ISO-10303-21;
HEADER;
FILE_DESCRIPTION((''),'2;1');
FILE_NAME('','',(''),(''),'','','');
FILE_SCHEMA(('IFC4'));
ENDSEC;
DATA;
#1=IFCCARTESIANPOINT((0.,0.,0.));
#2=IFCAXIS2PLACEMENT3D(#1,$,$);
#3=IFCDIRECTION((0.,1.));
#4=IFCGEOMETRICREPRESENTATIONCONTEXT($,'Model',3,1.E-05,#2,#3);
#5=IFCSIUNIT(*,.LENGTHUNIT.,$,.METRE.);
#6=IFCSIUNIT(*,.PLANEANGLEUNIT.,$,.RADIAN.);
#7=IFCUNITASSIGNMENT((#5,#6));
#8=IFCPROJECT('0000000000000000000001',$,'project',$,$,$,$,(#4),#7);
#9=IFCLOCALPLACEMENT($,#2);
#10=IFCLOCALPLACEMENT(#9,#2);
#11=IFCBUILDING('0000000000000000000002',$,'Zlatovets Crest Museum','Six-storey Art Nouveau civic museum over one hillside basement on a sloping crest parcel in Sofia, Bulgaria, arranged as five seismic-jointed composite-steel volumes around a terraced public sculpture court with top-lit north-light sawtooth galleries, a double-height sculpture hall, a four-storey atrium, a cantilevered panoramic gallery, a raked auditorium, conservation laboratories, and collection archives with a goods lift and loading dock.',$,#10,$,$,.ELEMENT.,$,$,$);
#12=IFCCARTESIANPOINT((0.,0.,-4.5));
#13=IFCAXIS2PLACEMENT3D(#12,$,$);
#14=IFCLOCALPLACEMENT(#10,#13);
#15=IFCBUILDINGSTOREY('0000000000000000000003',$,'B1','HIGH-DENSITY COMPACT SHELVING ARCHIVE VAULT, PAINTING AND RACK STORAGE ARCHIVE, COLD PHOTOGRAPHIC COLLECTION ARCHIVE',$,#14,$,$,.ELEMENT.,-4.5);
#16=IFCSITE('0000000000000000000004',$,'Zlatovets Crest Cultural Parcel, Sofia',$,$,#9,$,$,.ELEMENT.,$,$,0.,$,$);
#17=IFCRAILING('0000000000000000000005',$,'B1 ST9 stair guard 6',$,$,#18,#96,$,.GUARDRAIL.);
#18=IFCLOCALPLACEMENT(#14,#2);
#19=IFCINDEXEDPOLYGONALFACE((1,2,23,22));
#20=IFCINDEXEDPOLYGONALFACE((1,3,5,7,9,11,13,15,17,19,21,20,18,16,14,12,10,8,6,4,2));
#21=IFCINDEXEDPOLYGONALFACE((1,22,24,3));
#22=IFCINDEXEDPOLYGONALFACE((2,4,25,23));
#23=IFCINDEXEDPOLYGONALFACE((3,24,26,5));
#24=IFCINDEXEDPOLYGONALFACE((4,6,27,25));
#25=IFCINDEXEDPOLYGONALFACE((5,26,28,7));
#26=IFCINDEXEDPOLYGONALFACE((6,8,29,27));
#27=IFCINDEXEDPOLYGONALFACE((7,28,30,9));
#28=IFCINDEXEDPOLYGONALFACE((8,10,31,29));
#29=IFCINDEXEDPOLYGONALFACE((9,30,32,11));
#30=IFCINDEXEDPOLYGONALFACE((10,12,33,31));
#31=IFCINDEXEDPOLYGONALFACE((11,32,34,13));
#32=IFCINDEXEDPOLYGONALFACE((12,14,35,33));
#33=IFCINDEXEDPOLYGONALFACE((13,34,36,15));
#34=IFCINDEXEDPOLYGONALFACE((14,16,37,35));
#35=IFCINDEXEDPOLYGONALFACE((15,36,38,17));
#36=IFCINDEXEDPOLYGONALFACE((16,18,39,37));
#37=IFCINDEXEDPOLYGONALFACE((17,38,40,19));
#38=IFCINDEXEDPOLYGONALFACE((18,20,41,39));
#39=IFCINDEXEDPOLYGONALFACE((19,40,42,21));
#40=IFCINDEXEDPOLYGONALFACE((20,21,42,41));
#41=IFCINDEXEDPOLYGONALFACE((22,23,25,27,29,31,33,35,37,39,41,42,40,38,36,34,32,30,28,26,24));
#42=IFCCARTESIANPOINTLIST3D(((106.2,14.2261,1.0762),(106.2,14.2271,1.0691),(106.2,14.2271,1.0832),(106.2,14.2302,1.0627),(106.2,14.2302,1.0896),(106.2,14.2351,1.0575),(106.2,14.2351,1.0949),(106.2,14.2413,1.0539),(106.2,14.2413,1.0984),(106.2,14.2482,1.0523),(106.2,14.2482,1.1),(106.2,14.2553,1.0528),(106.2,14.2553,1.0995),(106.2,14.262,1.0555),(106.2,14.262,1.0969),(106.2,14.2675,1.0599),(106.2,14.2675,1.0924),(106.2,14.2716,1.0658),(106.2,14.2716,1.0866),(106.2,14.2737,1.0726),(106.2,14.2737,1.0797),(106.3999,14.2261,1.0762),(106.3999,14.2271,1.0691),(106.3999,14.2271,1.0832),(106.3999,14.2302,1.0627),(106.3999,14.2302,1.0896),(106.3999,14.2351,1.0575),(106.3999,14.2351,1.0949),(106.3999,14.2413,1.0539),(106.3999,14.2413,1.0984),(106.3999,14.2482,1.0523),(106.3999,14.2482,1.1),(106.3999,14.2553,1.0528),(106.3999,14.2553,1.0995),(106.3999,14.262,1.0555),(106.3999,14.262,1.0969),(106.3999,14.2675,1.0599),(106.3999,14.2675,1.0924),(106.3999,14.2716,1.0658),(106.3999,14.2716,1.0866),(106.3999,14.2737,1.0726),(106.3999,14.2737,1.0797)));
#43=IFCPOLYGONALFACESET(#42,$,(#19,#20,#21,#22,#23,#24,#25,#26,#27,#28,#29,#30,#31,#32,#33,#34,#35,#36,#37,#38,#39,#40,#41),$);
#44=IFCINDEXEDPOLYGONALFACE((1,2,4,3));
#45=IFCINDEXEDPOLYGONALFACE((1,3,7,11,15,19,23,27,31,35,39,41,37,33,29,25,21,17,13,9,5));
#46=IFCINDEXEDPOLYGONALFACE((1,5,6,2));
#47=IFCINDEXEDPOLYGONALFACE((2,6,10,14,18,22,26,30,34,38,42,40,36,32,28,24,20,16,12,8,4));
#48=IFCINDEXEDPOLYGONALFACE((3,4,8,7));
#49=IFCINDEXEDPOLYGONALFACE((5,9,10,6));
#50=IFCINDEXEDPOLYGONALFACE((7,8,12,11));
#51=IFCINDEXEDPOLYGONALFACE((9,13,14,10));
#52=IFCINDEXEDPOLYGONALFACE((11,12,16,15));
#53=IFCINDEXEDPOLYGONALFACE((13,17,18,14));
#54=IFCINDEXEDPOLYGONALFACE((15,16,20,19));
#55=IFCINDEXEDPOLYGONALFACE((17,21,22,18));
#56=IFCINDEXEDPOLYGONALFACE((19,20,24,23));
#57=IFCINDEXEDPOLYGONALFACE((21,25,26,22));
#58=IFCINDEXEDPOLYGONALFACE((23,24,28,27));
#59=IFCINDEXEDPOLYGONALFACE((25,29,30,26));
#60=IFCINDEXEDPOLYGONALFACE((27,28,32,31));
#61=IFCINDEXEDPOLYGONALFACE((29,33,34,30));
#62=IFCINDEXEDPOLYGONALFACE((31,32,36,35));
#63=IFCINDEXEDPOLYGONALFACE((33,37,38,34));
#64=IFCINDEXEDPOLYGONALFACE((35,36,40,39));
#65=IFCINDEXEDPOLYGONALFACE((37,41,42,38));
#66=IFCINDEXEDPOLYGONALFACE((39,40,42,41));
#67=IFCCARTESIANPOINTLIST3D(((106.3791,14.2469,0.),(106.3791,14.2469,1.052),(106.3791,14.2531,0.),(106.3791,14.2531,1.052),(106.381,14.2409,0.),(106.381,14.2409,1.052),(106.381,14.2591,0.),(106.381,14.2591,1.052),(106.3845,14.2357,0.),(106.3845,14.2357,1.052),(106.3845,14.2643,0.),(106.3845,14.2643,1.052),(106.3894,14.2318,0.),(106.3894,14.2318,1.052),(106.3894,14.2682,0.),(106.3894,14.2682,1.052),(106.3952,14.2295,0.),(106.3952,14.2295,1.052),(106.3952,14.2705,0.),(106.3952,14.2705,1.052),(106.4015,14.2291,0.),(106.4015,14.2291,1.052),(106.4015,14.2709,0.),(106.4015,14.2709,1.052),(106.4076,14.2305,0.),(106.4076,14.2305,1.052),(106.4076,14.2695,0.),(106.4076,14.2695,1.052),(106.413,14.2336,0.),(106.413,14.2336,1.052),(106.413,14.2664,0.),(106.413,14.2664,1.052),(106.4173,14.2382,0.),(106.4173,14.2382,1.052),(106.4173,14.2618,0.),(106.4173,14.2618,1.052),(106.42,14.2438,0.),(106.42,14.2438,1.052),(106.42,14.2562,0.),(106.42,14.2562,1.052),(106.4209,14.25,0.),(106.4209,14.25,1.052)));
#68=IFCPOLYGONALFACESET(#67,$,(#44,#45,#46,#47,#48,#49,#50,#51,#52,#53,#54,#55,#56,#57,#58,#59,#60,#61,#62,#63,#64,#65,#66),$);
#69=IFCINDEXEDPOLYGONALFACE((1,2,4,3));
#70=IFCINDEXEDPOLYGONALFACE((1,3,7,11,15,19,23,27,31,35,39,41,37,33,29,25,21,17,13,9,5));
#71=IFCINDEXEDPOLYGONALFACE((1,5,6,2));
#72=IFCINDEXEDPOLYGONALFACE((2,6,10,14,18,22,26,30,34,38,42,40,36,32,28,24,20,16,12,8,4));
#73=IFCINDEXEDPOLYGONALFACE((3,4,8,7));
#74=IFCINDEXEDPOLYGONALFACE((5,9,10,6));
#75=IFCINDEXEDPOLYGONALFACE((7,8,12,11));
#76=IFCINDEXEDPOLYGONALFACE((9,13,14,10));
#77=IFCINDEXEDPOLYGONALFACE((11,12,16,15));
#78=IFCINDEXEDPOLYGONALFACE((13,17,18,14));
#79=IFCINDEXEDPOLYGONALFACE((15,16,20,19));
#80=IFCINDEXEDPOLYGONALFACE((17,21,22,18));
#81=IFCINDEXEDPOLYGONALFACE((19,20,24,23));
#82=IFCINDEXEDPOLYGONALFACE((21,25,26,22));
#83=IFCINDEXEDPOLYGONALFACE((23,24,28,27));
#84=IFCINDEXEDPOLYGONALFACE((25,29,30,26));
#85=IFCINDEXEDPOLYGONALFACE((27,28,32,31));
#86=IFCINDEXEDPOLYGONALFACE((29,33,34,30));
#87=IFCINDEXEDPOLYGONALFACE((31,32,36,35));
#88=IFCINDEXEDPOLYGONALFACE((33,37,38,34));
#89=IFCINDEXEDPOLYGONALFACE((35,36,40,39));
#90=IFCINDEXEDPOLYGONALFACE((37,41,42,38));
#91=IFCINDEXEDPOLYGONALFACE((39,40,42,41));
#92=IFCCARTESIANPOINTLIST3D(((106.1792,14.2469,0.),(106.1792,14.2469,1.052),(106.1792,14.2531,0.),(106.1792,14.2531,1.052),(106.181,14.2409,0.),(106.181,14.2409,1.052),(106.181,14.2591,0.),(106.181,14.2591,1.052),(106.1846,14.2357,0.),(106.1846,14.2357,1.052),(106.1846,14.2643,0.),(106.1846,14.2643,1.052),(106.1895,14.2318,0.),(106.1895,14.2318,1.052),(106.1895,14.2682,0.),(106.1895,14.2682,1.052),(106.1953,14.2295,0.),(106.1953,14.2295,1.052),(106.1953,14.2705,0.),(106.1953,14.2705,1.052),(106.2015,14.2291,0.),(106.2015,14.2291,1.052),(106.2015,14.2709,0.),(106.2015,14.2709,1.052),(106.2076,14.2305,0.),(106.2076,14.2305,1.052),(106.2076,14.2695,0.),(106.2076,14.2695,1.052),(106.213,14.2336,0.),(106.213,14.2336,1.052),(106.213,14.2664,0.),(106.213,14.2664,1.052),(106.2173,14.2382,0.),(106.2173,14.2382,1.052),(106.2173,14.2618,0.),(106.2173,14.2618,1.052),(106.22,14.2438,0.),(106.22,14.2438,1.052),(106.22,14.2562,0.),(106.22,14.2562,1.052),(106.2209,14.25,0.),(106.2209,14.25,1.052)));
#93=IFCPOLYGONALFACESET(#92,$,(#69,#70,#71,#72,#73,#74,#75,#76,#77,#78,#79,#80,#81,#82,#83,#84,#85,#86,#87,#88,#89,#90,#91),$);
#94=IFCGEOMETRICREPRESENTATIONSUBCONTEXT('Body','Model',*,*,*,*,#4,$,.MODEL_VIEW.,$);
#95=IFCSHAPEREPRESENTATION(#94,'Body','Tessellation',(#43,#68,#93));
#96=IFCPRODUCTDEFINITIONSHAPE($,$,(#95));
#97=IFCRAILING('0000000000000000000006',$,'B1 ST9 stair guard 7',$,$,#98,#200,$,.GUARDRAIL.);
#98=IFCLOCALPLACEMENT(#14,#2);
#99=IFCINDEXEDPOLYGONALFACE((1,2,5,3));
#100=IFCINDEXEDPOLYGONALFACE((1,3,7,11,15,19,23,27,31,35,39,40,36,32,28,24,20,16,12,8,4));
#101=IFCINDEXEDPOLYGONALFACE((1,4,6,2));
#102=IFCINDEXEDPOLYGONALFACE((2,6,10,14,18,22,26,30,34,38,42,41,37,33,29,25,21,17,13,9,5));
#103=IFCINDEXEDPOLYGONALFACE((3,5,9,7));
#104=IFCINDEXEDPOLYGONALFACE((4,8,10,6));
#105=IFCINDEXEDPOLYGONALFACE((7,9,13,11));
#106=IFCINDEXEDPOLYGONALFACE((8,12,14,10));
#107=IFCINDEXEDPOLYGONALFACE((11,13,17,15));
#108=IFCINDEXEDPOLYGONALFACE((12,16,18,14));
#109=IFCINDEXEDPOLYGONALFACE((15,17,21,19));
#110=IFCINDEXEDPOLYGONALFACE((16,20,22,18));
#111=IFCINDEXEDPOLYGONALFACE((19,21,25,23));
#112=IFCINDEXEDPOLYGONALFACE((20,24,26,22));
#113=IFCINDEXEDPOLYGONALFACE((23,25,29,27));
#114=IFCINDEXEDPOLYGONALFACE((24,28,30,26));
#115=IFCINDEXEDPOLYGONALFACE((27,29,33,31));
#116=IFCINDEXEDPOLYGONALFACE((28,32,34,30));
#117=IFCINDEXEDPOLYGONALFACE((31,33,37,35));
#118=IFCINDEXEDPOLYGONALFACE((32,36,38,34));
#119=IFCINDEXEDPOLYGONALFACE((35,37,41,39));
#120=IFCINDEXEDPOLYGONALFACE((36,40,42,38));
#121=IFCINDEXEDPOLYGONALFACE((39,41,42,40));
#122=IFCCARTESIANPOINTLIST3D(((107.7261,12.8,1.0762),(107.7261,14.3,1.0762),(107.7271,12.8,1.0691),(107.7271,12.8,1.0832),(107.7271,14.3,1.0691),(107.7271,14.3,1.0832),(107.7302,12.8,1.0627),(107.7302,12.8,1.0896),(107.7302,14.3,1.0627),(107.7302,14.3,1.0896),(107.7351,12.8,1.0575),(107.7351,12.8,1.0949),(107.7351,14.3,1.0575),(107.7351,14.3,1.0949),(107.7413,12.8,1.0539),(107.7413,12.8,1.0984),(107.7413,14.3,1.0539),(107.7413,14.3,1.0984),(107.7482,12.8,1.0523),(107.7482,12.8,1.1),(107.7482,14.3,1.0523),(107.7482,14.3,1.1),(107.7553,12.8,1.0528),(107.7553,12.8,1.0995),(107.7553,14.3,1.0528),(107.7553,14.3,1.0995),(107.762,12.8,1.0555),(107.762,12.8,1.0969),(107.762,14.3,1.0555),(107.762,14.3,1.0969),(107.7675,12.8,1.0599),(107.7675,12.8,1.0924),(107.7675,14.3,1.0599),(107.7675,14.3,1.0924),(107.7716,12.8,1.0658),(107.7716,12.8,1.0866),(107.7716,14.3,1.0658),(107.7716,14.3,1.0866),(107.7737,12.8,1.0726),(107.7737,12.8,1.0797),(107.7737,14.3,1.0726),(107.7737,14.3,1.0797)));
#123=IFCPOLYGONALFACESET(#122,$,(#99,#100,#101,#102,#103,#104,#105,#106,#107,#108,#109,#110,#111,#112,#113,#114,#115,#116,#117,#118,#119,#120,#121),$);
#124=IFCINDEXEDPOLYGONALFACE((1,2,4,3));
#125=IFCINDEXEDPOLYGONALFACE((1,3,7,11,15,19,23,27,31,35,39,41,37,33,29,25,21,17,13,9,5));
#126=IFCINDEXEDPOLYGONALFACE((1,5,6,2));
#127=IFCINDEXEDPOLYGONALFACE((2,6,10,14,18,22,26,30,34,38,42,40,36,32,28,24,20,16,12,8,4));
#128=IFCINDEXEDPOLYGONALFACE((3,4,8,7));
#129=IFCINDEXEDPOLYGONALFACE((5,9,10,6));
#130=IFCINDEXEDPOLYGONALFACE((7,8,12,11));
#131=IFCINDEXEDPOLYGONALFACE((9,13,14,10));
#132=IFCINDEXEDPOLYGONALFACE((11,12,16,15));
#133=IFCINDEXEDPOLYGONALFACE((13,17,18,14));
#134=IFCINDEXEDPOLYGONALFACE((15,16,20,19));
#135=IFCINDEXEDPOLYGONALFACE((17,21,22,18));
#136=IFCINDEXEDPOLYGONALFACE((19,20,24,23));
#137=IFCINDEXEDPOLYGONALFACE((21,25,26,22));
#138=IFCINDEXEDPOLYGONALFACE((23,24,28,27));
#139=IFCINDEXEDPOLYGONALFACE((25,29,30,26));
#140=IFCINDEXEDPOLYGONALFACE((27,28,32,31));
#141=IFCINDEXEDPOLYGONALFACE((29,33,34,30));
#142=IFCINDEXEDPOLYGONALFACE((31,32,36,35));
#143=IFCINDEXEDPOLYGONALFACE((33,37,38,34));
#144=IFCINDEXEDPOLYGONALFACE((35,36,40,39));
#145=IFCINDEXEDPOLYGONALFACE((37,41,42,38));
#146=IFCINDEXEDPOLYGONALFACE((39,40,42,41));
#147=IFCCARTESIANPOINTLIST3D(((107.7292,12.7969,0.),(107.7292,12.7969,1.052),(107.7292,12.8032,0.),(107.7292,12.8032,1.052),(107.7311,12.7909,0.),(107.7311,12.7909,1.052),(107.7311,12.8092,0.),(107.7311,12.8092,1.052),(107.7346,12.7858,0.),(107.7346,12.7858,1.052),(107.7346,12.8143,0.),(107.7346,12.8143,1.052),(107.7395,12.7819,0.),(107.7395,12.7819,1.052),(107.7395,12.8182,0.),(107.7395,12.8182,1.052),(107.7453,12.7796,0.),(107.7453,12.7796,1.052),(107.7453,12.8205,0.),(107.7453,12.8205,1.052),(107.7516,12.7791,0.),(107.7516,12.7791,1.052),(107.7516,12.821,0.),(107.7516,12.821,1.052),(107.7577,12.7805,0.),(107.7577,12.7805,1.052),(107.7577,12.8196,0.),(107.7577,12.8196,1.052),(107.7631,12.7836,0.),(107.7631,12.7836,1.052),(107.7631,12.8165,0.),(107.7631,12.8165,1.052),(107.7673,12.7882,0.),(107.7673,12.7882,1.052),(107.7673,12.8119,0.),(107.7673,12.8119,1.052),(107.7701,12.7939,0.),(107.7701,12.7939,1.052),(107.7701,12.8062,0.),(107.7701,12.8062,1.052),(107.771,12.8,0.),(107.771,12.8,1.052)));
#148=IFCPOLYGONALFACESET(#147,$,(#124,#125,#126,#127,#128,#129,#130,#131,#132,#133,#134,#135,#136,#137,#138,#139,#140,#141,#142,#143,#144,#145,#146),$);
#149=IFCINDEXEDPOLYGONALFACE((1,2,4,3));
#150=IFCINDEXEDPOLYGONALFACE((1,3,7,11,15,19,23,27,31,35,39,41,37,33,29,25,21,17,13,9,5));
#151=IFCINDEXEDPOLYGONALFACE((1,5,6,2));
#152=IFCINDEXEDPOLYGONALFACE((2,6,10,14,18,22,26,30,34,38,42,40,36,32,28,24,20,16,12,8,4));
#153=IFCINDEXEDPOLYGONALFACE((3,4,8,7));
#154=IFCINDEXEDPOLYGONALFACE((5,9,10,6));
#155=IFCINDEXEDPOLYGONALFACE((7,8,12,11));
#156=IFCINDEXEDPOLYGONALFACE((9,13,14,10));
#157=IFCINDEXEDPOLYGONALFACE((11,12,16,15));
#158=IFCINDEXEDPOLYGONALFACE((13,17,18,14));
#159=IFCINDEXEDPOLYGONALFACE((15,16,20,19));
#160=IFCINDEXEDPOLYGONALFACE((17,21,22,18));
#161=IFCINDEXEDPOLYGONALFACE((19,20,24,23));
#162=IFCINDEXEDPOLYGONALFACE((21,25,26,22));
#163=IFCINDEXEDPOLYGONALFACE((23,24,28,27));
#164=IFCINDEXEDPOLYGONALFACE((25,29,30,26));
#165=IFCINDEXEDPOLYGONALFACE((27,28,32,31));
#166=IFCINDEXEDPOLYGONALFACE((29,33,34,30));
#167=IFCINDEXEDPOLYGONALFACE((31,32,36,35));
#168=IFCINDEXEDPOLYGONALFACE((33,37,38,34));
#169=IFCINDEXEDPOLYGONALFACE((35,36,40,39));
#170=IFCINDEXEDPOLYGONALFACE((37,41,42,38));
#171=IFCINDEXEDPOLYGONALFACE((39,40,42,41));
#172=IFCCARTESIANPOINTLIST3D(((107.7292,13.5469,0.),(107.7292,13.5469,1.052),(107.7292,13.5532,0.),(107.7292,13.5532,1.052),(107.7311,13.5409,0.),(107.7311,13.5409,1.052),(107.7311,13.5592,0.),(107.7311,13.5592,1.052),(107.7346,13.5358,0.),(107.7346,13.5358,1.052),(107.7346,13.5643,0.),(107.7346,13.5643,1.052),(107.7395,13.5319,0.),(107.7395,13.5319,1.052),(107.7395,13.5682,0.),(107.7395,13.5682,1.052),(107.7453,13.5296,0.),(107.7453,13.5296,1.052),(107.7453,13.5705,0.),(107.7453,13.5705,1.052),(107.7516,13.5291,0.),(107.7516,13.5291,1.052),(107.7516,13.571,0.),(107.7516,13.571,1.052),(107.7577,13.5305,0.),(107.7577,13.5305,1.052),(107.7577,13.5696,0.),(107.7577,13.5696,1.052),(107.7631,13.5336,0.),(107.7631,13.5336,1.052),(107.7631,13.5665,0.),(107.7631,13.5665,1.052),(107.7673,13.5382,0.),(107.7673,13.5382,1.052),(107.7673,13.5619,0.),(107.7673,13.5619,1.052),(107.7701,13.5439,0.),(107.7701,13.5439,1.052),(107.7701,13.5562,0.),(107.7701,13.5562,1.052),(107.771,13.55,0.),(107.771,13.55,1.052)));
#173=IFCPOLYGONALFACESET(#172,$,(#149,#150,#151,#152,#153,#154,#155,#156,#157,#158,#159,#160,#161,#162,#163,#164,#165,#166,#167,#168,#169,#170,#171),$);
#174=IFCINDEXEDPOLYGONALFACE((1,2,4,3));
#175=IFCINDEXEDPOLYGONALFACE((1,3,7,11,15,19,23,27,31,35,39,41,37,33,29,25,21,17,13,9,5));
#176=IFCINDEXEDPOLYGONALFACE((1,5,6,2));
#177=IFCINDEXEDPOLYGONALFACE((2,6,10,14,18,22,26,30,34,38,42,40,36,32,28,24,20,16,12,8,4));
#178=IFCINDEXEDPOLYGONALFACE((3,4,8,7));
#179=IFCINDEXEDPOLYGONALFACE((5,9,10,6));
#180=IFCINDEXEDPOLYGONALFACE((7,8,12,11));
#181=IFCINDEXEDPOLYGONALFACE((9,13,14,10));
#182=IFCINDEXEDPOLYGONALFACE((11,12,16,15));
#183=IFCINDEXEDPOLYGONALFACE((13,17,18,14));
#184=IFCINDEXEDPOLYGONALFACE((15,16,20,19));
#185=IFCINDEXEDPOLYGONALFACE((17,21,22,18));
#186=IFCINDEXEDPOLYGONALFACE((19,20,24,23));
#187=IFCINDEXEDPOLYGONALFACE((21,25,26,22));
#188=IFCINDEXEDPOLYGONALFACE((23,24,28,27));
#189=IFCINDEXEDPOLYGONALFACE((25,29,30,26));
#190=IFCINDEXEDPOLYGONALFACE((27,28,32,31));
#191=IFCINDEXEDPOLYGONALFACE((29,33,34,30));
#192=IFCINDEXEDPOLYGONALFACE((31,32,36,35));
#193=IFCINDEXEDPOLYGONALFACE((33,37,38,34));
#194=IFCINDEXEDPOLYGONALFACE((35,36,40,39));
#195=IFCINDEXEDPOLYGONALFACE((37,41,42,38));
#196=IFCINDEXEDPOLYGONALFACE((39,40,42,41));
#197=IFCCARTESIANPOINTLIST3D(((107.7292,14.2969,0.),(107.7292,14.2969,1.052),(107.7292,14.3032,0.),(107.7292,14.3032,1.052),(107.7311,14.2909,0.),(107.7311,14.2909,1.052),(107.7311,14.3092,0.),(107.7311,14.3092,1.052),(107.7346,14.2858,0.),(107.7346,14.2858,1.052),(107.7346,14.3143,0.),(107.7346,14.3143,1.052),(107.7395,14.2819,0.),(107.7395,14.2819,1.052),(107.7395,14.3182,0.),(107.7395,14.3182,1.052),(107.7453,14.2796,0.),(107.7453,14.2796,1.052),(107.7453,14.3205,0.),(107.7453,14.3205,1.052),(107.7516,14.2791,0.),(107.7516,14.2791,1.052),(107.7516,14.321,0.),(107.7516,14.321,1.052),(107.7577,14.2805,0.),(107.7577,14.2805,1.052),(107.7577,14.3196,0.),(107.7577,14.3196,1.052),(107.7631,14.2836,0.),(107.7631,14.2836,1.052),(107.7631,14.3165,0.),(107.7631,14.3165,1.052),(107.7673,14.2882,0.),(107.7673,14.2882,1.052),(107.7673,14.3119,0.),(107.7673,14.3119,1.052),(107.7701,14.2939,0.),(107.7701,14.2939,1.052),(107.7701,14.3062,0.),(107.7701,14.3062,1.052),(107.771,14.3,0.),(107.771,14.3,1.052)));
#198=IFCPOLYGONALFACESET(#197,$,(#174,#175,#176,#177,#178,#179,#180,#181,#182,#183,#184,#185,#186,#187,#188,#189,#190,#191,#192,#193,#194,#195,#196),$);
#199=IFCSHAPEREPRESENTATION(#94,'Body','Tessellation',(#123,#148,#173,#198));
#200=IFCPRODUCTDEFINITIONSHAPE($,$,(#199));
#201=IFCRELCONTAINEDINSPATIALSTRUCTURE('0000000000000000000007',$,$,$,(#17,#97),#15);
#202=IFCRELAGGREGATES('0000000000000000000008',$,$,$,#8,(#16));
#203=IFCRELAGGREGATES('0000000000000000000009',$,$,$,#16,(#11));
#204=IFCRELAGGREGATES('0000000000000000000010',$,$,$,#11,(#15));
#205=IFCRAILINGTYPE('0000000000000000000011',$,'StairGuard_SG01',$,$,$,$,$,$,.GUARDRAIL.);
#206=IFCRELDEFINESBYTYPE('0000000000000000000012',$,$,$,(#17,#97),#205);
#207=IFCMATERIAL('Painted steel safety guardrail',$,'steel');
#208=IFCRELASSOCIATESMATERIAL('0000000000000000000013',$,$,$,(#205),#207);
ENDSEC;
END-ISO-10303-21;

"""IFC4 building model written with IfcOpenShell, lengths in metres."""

from ifc_helpers import new_model, si_unit, direction, frame, origin, origin_2d, place, context, subcontext, project, spatial, circle, extrude, material, type_object, element, save


model = new_model("IFC4")

# Units and contexts
model_context = context("Model", 3, precision=1e-05, world=origin(), true_north=direction((0.0, 1.0)))
body_context = subcontext(model_context, "Body", "Model", "MODEL_VIEW")
ifc_project = project(units=[si_unit("LENGTHUNIT", "METRE"), si_unit("PLANEANGLEUNIT", "RADIAN")], contexts=[model_context])

# Site, building, storey
site_placement = place(None, origin())
site = spatial("IfcSite", under=ifc_project, at=site_placement, Name="Zlatovets Crest Cultural Parcel, Sofia", CompositionType="ELEMENT", RefElevation=0.0)
building_placement = place(site_placement, origin())
building = spatial("IfcBuilding", under=site, at=building_placement, Name="Zlatovets Crest Museum", Description="Six-storey Art Nouveau civic museum over one hillside basement on a sloping crest parcel in Sofia, Bulgaria, arranged as five seismic-jointed composite-steel volumes around a terraced public sculpture court with top-lit north-light sawtooth galleries, a double-height sculpture hall, a four-storey atrium, a cantilevered panoramic gallery, a raked auditorium, conservation laboratories, and collection archives with a goods lift and loading dock.", CompositionType="ELEMENT")
storey_placement = place(building_placement, frame((0.0, 0.0, -4.5)))
storey = spatial("IfcBuildingStorey", under=building, at=storey_placement, Name="B1", Description="HIGH-DENSITY COMPACT SHELVING ARCHIVE VAULT, PAINTING AND RACK STORAGE ARCHIVE, COLD PHOTOGRAPHIC COLLECTION ARCHIVE", CompositionType="ELEMENT", Elevation=-4.5)

# Railings
ifc_material_1 = material(Name="Painted steel safety guardrail", Category="steel")
railing_type_1 = type_object("IfcRailingType", Name="StairGuard_SG01", PredefinedType="GUARDRAIL", material=ifc_material_1)
railing_1_placement = place(storey_placement, frame((106.3999, 14.25, 0.0)))
element("IfcRailing", 1, at=railing_1_placement, inside=storey, type_object=railing_type_1, Name="B1 ST9 stair guard 6", PredefinedType="GUARDRAIL", context=body_context, shape_type="SweptSolid", body=[
    extrude(circle(Radius=0.0239, at=origin_2d()), frame((0.0, 0.0, 1.0762), z_axis=(-1.0, 0.0, 0.0), x_axis=(0.0, -1.0, 0.0)), (0.0, 0.0, 1.0), 0.2),
    extrude(circle(Radius=0.021, at=origin_2d()), origin(), (0.0, 0.0, 1.0), 1.052),
    extrude(circle(Radius=0.021, at=origin_2d()), frame((-0.2, 0.0, 0.0)), (0.0, 0.0, 1.0), 1.052),
])
for number, where, name in (
    (2, (107.75, 12.8, 0.0), "B1 ST9 stair guard 7"),
):
    element("IfcRailing", number, at=place(storey_placement, frame(where)), inside=storey, type_object=railing_type_1, Name=name, PredefinedType="GUARDRAIL", context=body_context, shape_type="SweptSolid", body=[
        extrude(circle(Radius=0.0239, at=origin_2d()), frame((0.0, 0.0, 1.0762), z_axis=(0.0, 1.0, 0.0), x_axis=(-1.0, 0.0, 0.0)), (0.0, 0.0, 1.0), 1.5),
        extrude(circle(Radius=0.021, at=origin_2d()), origin(), (0.0, 0.0, 1.0), 1.052),
        extrude(circle(Radius=0.021, at=origin_2d()), frame((0.0, 0.75, 0.0)), (0.0, 0.0, 1.0), 1.052),
        extrude(circle(Radius=0.021, at=origin_2d()), frame((0.0, 1.5, 0.0)), (0.0, 0.0, 1.0), 1.052),
    ])

save(model, "model.ifc")
